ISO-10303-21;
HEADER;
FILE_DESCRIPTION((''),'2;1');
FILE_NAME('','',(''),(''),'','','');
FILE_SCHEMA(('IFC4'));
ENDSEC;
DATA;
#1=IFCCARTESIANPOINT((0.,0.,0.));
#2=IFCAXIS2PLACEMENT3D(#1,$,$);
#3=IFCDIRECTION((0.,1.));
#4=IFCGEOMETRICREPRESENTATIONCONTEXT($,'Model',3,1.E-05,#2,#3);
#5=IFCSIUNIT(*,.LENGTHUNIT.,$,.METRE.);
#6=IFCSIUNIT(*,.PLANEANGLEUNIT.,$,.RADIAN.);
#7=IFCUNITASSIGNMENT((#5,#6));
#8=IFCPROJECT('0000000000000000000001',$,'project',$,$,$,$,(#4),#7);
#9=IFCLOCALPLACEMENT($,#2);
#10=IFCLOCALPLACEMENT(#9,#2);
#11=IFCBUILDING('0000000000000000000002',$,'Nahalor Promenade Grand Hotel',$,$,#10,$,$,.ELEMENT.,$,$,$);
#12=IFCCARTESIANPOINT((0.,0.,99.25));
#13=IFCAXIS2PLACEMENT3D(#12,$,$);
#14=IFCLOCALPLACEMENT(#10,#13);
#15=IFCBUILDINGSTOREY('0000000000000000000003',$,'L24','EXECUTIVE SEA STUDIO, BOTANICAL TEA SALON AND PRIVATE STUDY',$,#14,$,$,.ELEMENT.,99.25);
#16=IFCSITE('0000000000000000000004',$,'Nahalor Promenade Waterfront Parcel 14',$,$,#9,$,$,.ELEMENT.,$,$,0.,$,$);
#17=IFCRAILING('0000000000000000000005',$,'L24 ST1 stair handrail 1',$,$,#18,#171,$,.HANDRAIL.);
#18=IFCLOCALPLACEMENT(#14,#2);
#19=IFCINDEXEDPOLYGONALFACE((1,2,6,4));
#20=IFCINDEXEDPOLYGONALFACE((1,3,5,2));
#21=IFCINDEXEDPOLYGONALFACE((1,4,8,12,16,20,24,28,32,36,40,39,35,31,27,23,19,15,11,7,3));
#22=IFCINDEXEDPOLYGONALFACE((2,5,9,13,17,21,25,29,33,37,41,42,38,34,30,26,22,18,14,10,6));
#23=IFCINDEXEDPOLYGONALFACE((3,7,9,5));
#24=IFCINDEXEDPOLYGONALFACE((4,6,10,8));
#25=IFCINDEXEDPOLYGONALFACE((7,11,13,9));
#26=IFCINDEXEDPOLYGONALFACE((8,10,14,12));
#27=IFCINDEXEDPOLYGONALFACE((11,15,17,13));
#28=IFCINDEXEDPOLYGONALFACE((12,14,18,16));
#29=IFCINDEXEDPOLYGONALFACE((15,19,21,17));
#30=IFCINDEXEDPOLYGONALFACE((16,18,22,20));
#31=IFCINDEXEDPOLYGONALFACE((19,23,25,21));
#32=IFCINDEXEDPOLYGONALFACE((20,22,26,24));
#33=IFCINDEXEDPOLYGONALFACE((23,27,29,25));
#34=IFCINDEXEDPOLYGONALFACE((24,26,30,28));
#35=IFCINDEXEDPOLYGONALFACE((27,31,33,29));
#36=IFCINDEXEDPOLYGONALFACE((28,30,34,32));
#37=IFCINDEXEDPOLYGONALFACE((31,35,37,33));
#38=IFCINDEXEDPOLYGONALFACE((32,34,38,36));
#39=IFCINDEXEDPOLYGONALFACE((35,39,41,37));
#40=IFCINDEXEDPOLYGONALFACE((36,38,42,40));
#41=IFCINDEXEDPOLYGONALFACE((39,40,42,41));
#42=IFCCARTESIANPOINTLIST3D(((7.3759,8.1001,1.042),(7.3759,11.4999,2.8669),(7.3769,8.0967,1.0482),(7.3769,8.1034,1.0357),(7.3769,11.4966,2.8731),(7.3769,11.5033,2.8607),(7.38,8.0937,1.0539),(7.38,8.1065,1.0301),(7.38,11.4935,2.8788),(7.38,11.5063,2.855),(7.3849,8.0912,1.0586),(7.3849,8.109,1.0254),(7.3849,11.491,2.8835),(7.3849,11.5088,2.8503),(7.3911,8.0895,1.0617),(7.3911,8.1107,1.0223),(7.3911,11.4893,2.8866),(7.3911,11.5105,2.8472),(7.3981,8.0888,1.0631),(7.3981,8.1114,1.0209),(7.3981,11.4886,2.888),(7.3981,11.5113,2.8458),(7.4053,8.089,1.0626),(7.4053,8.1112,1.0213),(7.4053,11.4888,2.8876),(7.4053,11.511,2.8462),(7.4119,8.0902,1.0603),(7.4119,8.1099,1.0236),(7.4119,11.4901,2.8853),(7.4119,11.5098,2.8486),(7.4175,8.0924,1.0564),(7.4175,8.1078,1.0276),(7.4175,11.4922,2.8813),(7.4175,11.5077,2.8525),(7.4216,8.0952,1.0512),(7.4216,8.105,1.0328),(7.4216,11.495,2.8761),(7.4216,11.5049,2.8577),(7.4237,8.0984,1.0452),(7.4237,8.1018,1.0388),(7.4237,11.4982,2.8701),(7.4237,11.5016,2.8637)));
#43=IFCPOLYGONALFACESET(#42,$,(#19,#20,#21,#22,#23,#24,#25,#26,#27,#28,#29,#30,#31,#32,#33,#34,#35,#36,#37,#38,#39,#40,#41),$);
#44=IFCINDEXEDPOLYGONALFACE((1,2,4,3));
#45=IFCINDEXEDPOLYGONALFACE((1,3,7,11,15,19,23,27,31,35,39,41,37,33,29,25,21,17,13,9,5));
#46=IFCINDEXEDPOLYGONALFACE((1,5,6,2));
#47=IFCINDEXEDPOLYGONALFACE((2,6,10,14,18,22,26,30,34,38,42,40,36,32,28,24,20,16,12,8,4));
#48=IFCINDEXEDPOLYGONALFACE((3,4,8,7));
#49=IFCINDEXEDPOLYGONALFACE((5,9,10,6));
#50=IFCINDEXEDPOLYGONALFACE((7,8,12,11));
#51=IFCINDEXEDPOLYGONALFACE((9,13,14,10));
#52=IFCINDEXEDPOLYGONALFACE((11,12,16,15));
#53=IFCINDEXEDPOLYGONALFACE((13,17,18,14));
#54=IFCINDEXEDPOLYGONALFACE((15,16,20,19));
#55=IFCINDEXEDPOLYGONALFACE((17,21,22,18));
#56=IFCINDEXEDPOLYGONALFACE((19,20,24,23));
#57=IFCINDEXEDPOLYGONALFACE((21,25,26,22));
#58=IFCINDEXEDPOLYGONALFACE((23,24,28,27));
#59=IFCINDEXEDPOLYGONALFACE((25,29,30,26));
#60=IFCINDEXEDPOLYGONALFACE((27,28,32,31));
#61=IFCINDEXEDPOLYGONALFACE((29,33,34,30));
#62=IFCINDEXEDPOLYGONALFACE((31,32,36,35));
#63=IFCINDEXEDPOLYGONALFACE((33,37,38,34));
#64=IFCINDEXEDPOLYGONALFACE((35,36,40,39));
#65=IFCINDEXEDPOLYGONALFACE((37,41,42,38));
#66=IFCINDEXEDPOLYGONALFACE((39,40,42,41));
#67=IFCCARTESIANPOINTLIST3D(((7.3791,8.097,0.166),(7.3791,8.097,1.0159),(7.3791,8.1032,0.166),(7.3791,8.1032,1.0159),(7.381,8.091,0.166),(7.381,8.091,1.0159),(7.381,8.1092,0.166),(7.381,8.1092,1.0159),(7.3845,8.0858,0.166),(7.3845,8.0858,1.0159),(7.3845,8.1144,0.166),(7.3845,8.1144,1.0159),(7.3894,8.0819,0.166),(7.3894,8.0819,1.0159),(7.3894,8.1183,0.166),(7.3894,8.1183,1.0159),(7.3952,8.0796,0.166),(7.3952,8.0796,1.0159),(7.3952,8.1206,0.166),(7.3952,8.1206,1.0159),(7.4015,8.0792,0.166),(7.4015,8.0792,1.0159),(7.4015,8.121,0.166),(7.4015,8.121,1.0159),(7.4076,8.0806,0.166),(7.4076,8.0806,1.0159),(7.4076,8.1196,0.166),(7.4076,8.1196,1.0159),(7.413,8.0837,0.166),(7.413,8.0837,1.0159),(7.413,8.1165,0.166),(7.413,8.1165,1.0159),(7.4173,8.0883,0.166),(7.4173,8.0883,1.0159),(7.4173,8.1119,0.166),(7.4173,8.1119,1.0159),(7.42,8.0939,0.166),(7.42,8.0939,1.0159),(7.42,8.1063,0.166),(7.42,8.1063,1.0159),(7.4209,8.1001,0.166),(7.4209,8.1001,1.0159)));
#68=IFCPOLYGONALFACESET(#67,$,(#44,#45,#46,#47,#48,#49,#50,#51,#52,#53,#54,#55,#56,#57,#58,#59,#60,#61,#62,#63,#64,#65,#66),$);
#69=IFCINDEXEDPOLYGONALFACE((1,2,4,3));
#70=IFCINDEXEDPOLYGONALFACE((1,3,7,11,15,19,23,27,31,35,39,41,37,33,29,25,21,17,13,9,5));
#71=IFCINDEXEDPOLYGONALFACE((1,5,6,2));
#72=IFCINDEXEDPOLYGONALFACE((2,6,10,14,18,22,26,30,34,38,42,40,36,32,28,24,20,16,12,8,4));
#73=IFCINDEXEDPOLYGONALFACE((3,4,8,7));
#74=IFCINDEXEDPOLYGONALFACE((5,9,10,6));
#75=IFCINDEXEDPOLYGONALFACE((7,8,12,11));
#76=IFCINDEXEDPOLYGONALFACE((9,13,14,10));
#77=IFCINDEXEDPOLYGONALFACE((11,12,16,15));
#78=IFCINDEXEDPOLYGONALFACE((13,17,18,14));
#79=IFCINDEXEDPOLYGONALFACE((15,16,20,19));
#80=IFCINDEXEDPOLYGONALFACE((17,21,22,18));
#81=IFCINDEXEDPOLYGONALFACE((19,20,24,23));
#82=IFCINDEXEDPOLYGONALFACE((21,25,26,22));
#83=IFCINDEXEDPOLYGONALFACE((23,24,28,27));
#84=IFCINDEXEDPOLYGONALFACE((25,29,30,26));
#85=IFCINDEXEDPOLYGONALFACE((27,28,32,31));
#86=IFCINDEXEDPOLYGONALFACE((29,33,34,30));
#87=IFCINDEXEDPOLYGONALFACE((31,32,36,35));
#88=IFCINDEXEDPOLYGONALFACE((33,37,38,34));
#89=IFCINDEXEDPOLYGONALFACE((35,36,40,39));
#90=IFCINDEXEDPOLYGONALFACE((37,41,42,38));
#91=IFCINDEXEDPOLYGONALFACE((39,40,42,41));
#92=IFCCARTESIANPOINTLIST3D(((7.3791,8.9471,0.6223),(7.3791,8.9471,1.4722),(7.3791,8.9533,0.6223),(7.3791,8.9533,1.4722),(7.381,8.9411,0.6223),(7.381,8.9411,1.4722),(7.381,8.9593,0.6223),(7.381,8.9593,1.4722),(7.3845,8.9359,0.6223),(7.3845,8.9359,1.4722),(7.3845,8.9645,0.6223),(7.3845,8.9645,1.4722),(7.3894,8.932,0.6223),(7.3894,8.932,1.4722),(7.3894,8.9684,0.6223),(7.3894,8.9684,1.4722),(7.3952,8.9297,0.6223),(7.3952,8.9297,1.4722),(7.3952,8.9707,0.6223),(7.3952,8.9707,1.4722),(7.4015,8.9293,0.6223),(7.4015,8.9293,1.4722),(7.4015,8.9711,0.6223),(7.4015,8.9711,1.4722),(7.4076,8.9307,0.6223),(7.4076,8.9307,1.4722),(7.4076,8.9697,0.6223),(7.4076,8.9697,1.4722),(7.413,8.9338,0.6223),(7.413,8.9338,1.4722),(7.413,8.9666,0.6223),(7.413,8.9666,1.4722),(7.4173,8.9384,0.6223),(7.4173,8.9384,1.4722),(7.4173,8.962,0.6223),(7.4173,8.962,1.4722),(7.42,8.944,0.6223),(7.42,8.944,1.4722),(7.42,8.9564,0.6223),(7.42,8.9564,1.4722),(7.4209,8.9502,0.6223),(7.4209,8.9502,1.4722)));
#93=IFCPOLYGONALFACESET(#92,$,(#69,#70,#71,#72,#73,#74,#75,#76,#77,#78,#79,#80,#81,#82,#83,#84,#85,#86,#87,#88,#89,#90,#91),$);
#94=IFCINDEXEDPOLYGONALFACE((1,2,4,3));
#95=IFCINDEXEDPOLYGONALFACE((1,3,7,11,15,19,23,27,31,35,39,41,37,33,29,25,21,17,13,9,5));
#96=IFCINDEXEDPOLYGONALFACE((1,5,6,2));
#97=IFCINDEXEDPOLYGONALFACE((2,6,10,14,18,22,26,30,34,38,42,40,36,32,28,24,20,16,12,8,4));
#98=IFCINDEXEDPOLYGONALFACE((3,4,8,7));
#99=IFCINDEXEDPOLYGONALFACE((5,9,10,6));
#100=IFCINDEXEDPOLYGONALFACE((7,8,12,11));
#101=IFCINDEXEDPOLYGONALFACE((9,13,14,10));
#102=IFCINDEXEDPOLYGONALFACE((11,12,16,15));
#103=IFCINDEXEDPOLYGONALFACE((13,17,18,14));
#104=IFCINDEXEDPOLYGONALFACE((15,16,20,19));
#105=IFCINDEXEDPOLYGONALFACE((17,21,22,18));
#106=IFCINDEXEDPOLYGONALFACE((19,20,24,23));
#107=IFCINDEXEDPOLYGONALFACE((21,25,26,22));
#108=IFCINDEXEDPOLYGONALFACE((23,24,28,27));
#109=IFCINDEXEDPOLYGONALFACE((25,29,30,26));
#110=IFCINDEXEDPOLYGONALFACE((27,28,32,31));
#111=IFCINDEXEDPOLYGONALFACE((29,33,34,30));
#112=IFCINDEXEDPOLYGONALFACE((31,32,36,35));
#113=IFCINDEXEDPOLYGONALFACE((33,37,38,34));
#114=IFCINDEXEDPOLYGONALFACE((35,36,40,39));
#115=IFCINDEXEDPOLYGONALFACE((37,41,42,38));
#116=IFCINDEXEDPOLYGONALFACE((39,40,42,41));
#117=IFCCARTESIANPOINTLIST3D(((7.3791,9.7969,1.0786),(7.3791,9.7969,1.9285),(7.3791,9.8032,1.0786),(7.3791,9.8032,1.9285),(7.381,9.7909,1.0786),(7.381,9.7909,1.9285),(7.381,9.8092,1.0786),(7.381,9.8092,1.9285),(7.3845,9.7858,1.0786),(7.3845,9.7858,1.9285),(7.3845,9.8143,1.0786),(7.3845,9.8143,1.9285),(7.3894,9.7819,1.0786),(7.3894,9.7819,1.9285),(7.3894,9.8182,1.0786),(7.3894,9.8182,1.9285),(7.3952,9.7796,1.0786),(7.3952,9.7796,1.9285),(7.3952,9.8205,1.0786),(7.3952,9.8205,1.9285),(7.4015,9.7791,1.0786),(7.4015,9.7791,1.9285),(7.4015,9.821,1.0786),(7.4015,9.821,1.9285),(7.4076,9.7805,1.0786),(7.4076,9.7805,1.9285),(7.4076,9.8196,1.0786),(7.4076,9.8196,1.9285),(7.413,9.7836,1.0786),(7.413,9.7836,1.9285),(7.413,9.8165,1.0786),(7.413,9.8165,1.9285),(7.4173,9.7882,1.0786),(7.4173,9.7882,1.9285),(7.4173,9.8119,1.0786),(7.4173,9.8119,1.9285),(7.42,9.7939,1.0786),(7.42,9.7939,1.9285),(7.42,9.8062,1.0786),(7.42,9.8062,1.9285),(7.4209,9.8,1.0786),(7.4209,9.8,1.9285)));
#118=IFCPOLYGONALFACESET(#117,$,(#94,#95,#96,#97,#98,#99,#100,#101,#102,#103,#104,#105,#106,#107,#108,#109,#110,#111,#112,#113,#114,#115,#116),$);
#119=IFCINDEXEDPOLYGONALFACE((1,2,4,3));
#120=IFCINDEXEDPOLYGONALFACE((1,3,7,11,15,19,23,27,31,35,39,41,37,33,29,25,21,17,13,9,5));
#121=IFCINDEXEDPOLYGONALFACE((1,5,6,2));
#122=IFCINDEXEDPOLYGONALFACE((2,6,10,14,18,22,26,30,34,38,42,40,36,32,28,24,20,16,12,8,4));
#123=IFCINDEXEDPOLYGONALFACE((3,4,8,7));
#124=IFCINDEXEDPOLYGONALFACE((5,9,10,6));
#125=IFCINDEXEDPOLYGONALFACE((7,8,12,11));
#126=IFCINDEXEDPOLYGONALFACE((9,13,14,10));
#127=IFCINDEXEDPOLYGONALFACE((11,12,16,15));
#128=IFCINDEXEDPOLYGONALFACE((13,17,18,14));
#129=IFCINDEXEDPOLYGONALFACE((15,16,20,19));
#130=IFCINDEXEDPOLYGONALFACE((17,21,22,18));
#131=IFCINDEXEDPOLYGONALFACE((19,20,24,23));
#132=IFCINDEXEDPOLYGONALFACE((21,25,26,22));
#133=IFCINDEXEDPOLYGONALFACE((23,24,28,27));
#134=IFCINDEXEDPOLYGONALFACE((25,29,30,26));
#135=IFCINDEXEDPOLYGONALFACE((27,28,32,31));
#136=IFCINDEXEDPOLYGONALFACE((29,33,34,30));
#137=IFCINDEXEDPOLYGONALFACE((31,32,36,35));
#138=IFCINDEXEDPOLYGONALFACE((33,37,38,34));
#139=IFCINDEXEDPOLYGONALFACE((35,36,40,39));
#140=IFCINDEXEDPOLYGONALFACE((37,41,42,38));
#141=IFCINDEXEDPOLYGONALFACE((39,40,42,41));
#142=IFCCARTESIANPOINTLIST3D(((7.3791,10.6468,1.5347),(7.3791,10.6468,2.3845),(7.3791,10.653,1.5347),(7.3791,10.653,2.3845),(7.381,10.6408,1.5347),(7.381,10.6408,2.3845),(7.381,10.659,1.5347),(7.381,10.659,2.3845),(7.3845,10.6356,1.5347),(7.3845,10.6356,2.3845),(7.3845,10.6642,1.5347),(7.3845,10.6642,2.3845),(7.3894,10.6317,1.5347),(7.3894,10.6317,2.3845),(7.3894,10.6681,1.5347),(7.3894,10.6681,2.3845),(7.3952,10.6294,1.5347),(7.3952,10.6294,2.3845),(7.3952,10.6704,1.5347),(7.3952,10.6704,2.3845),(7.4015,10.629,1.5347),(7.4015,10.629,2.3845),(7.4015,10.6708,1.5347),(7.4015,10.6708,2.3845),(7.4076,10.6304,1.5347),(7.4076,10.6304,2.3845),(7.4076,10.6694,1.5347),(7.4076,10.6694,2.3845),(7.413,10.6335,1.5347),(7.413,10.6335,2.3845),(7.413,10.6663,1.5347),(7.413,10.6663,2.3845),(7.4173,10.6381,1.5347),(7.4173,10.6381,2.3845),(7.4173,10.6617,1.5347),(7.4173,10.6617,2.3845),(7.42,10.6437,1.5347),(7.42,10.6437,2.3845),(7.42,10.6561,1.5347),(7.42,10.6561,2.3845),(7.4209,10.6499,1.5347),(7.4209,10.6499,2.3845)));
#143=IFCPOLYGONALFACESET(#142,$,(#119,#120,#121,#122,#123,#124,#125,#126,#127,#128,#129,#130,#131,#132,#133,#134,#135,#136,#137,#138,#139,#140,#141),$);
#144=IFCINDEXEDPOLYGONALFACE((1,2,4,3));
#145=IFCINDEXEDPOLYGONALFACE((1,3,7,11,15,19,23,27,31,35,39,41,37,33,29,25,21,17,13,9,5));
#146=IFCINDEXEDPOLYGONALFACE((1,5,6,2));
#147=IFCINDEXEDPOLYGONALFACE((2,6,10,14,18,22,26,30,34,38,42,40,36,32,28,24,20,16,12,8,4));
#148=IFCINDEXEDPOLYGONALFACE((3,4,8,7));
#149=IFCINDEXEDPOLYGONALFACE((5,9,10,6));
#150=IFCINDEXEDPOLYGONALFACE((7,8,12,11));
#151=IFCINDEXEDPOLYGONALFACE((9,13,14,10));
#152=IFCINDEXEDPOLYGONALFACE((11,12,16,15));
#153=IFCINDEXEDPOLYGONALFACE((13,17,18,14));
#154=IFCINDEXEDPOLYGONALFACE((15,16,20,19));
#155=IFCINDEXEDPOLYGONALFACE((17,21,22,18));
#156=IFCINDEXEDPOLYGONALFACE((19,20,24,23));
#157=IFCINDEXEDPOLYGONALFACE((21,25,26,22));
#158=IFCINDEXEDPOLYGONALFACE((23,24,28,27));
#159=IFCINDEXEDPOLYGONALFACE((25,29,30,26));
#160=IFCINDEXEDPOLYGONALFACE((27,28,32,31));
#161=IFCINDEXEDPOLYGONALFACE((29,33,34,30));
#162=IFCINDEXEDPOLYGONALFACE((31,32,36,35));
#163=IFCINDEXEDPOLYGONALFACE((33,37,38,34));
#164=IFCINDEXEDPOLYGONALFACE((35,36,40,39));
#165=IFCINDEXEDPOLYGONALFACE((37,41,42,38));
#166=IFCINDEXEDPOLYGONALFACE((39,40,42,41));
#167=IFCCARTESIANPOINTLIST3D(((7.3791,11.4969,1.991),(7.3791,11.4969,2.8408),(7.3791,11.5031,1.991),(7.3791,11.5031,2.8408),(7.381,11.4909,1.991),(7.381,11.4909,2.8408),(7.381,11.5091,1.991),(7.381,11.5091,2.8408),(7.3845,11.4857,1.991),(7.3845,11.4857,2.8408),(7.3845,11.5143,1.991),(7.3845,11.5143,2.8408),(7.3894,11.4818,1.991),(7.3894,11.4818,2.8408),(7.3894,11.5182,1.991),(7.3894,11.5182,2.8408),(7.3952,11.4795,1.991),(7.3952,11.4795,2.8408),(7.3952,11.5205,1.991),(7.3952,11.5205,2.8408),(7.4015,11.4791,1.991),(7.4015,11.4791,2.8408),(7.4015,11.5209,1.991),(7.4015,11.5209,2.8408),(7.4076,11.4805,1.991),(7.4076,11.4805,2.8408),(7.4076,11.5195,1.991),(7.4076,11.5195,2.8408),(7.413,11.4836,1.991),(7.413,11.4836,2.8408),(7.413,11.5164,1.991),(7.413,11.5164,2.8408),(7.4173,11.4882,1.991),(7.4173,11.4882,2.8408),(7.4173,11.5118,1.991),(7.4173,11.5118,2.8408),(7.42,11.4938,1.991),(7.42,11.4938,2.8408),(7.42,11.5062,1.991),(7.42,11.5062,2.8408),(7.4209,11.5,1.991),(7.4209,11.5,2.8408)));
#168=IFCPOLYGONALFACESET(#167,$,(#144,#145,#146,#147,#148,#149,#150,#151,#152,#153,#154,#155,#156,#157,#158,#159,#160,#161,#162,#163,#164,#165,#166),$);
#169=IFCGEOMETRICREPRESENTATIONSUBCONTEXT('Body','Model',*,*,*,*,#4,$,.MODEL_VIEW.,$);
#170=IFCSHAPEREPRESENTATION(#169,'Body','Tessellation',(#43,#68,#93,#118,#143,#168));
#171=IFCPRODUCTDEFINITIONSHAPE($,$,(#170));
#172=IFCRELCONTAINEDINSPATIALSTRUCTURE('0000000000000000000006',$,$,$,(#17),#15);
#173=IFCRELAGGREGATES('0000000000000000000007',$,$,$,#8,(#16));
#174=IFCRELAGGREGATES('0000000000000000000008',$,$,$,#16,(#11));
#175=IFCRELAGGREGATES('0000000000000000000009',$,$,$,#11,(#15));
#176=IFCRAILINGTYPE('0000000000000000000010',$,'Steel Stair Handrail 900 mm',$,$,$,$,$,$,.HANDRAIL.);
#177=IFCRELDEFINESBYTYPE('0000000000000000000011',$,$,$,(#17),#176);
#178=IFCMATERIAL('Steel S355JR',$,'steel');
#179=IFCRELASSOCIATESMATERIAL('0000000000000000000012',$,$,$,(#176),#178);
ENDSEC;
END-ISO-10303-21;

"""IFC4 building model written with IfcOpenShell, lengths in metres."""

from ifc_helpers import new_model, si_unit, direction, frame, origin, origin_2d, place, context, subcontext, project, spatial, circle, extrude, material, type_object, element, save


model = new_model("IFC4")

# Units and contexts
model_context = context("Model", 3, precision=1e-05, world=origin(), true_north=direction((0.0, 1.0)))
body_context = subcontext(model_context, "Body", "Model", "MODEL_VIEW")
ifc_project = project(units=[si_unit("LENGTHUNIT", "METRE"), si_unit("PLANEANGLEUNIT", "RADIAN")], contexts=[model_context])

# Site, building, storey
site_placement = place(None, origin())
site = spatial("IfcSite", under=ifc_project, at=site_placement, Name="Nahalor Promenade Waterfront Parcel 14", CompositionType="ELEMENT", RefElevation=0.0)
building_placement = place(site_placement, origin())
building = spatial("IfcBuilding", under=site, at=building_placement, Name="Nahalor Promenade Grand Hotel", CompositionType="ELEMENT")
storey_placement = place(building_placement, frame((0.0, 0.0, 99.25)))
storey = spatial("IfcBuildingStorey", under=building, at=storey_placement, Name="L24", Description="EXECUTIVE SEA STUDIO, BOTANICAL TEA SALON AND PRIVATE STUDY", CompositionType="ELEMENT", Elevation=99.25)

# Shared definitions
ifc_material_1 = material(Name="Steel S355JR", Category="steel")

# Railing
railing_type_1 = type_object("IfcRailingType", Name="Steel Stair Handrail 900 mm", PredefinedType="HANDRAIL", material=ifc_material_1)
railing_1_placement = place(storey_placement, frame((7.3999, 8.1001, 0.166)))
element("IfcRailing", 1, at=railing_1_placement, inside=storey, type_object=railing_type_1, Name="L24 ST1 stair handrail 1", PredefinedType="HANDRAIL", context=body_context, shape_type="SweptSolid", body=[
    extrude(circle(Radius=0.024, at=origin_2d()), frame((0.0, 0.0, 0.876), z_axis=(0.0, 0.881094, 0.472941), x_axis=(-1.0, 0.0, 0.0)), (0.0, 0.0, 1.0), 3.8586),
    extrude(circle(Radius=0.021, at=origin_2d()), origin(), (0.0, 0.0, 1.0), 0.8499),
    extrude(circle(Radius=0.021, at=origin_2d()), frame((0.0, 0.8501, 0.4563)), (0.0, 0.0, 1.0), 0.8499),
    extrude(circle(Radius=0.021, at=origin_2d()), frame((0.0, 1.7, 0.9126)), (0.0, 0.0, 1.0), 0.8499),
    extrude(circle(Radius=0.021, at=origin_2d()), frame((0.0, 2.5498, 1.3687)), (0.0, 0.0, 1.0), 0.8499),
    extrude(circle(Radius=0.021, at=origin_2d()), frame((0.0, 3.3999, 1.825)), (0.0, 0.0, 1.0), 0.8499),
])

save(model, "model.ifc")
